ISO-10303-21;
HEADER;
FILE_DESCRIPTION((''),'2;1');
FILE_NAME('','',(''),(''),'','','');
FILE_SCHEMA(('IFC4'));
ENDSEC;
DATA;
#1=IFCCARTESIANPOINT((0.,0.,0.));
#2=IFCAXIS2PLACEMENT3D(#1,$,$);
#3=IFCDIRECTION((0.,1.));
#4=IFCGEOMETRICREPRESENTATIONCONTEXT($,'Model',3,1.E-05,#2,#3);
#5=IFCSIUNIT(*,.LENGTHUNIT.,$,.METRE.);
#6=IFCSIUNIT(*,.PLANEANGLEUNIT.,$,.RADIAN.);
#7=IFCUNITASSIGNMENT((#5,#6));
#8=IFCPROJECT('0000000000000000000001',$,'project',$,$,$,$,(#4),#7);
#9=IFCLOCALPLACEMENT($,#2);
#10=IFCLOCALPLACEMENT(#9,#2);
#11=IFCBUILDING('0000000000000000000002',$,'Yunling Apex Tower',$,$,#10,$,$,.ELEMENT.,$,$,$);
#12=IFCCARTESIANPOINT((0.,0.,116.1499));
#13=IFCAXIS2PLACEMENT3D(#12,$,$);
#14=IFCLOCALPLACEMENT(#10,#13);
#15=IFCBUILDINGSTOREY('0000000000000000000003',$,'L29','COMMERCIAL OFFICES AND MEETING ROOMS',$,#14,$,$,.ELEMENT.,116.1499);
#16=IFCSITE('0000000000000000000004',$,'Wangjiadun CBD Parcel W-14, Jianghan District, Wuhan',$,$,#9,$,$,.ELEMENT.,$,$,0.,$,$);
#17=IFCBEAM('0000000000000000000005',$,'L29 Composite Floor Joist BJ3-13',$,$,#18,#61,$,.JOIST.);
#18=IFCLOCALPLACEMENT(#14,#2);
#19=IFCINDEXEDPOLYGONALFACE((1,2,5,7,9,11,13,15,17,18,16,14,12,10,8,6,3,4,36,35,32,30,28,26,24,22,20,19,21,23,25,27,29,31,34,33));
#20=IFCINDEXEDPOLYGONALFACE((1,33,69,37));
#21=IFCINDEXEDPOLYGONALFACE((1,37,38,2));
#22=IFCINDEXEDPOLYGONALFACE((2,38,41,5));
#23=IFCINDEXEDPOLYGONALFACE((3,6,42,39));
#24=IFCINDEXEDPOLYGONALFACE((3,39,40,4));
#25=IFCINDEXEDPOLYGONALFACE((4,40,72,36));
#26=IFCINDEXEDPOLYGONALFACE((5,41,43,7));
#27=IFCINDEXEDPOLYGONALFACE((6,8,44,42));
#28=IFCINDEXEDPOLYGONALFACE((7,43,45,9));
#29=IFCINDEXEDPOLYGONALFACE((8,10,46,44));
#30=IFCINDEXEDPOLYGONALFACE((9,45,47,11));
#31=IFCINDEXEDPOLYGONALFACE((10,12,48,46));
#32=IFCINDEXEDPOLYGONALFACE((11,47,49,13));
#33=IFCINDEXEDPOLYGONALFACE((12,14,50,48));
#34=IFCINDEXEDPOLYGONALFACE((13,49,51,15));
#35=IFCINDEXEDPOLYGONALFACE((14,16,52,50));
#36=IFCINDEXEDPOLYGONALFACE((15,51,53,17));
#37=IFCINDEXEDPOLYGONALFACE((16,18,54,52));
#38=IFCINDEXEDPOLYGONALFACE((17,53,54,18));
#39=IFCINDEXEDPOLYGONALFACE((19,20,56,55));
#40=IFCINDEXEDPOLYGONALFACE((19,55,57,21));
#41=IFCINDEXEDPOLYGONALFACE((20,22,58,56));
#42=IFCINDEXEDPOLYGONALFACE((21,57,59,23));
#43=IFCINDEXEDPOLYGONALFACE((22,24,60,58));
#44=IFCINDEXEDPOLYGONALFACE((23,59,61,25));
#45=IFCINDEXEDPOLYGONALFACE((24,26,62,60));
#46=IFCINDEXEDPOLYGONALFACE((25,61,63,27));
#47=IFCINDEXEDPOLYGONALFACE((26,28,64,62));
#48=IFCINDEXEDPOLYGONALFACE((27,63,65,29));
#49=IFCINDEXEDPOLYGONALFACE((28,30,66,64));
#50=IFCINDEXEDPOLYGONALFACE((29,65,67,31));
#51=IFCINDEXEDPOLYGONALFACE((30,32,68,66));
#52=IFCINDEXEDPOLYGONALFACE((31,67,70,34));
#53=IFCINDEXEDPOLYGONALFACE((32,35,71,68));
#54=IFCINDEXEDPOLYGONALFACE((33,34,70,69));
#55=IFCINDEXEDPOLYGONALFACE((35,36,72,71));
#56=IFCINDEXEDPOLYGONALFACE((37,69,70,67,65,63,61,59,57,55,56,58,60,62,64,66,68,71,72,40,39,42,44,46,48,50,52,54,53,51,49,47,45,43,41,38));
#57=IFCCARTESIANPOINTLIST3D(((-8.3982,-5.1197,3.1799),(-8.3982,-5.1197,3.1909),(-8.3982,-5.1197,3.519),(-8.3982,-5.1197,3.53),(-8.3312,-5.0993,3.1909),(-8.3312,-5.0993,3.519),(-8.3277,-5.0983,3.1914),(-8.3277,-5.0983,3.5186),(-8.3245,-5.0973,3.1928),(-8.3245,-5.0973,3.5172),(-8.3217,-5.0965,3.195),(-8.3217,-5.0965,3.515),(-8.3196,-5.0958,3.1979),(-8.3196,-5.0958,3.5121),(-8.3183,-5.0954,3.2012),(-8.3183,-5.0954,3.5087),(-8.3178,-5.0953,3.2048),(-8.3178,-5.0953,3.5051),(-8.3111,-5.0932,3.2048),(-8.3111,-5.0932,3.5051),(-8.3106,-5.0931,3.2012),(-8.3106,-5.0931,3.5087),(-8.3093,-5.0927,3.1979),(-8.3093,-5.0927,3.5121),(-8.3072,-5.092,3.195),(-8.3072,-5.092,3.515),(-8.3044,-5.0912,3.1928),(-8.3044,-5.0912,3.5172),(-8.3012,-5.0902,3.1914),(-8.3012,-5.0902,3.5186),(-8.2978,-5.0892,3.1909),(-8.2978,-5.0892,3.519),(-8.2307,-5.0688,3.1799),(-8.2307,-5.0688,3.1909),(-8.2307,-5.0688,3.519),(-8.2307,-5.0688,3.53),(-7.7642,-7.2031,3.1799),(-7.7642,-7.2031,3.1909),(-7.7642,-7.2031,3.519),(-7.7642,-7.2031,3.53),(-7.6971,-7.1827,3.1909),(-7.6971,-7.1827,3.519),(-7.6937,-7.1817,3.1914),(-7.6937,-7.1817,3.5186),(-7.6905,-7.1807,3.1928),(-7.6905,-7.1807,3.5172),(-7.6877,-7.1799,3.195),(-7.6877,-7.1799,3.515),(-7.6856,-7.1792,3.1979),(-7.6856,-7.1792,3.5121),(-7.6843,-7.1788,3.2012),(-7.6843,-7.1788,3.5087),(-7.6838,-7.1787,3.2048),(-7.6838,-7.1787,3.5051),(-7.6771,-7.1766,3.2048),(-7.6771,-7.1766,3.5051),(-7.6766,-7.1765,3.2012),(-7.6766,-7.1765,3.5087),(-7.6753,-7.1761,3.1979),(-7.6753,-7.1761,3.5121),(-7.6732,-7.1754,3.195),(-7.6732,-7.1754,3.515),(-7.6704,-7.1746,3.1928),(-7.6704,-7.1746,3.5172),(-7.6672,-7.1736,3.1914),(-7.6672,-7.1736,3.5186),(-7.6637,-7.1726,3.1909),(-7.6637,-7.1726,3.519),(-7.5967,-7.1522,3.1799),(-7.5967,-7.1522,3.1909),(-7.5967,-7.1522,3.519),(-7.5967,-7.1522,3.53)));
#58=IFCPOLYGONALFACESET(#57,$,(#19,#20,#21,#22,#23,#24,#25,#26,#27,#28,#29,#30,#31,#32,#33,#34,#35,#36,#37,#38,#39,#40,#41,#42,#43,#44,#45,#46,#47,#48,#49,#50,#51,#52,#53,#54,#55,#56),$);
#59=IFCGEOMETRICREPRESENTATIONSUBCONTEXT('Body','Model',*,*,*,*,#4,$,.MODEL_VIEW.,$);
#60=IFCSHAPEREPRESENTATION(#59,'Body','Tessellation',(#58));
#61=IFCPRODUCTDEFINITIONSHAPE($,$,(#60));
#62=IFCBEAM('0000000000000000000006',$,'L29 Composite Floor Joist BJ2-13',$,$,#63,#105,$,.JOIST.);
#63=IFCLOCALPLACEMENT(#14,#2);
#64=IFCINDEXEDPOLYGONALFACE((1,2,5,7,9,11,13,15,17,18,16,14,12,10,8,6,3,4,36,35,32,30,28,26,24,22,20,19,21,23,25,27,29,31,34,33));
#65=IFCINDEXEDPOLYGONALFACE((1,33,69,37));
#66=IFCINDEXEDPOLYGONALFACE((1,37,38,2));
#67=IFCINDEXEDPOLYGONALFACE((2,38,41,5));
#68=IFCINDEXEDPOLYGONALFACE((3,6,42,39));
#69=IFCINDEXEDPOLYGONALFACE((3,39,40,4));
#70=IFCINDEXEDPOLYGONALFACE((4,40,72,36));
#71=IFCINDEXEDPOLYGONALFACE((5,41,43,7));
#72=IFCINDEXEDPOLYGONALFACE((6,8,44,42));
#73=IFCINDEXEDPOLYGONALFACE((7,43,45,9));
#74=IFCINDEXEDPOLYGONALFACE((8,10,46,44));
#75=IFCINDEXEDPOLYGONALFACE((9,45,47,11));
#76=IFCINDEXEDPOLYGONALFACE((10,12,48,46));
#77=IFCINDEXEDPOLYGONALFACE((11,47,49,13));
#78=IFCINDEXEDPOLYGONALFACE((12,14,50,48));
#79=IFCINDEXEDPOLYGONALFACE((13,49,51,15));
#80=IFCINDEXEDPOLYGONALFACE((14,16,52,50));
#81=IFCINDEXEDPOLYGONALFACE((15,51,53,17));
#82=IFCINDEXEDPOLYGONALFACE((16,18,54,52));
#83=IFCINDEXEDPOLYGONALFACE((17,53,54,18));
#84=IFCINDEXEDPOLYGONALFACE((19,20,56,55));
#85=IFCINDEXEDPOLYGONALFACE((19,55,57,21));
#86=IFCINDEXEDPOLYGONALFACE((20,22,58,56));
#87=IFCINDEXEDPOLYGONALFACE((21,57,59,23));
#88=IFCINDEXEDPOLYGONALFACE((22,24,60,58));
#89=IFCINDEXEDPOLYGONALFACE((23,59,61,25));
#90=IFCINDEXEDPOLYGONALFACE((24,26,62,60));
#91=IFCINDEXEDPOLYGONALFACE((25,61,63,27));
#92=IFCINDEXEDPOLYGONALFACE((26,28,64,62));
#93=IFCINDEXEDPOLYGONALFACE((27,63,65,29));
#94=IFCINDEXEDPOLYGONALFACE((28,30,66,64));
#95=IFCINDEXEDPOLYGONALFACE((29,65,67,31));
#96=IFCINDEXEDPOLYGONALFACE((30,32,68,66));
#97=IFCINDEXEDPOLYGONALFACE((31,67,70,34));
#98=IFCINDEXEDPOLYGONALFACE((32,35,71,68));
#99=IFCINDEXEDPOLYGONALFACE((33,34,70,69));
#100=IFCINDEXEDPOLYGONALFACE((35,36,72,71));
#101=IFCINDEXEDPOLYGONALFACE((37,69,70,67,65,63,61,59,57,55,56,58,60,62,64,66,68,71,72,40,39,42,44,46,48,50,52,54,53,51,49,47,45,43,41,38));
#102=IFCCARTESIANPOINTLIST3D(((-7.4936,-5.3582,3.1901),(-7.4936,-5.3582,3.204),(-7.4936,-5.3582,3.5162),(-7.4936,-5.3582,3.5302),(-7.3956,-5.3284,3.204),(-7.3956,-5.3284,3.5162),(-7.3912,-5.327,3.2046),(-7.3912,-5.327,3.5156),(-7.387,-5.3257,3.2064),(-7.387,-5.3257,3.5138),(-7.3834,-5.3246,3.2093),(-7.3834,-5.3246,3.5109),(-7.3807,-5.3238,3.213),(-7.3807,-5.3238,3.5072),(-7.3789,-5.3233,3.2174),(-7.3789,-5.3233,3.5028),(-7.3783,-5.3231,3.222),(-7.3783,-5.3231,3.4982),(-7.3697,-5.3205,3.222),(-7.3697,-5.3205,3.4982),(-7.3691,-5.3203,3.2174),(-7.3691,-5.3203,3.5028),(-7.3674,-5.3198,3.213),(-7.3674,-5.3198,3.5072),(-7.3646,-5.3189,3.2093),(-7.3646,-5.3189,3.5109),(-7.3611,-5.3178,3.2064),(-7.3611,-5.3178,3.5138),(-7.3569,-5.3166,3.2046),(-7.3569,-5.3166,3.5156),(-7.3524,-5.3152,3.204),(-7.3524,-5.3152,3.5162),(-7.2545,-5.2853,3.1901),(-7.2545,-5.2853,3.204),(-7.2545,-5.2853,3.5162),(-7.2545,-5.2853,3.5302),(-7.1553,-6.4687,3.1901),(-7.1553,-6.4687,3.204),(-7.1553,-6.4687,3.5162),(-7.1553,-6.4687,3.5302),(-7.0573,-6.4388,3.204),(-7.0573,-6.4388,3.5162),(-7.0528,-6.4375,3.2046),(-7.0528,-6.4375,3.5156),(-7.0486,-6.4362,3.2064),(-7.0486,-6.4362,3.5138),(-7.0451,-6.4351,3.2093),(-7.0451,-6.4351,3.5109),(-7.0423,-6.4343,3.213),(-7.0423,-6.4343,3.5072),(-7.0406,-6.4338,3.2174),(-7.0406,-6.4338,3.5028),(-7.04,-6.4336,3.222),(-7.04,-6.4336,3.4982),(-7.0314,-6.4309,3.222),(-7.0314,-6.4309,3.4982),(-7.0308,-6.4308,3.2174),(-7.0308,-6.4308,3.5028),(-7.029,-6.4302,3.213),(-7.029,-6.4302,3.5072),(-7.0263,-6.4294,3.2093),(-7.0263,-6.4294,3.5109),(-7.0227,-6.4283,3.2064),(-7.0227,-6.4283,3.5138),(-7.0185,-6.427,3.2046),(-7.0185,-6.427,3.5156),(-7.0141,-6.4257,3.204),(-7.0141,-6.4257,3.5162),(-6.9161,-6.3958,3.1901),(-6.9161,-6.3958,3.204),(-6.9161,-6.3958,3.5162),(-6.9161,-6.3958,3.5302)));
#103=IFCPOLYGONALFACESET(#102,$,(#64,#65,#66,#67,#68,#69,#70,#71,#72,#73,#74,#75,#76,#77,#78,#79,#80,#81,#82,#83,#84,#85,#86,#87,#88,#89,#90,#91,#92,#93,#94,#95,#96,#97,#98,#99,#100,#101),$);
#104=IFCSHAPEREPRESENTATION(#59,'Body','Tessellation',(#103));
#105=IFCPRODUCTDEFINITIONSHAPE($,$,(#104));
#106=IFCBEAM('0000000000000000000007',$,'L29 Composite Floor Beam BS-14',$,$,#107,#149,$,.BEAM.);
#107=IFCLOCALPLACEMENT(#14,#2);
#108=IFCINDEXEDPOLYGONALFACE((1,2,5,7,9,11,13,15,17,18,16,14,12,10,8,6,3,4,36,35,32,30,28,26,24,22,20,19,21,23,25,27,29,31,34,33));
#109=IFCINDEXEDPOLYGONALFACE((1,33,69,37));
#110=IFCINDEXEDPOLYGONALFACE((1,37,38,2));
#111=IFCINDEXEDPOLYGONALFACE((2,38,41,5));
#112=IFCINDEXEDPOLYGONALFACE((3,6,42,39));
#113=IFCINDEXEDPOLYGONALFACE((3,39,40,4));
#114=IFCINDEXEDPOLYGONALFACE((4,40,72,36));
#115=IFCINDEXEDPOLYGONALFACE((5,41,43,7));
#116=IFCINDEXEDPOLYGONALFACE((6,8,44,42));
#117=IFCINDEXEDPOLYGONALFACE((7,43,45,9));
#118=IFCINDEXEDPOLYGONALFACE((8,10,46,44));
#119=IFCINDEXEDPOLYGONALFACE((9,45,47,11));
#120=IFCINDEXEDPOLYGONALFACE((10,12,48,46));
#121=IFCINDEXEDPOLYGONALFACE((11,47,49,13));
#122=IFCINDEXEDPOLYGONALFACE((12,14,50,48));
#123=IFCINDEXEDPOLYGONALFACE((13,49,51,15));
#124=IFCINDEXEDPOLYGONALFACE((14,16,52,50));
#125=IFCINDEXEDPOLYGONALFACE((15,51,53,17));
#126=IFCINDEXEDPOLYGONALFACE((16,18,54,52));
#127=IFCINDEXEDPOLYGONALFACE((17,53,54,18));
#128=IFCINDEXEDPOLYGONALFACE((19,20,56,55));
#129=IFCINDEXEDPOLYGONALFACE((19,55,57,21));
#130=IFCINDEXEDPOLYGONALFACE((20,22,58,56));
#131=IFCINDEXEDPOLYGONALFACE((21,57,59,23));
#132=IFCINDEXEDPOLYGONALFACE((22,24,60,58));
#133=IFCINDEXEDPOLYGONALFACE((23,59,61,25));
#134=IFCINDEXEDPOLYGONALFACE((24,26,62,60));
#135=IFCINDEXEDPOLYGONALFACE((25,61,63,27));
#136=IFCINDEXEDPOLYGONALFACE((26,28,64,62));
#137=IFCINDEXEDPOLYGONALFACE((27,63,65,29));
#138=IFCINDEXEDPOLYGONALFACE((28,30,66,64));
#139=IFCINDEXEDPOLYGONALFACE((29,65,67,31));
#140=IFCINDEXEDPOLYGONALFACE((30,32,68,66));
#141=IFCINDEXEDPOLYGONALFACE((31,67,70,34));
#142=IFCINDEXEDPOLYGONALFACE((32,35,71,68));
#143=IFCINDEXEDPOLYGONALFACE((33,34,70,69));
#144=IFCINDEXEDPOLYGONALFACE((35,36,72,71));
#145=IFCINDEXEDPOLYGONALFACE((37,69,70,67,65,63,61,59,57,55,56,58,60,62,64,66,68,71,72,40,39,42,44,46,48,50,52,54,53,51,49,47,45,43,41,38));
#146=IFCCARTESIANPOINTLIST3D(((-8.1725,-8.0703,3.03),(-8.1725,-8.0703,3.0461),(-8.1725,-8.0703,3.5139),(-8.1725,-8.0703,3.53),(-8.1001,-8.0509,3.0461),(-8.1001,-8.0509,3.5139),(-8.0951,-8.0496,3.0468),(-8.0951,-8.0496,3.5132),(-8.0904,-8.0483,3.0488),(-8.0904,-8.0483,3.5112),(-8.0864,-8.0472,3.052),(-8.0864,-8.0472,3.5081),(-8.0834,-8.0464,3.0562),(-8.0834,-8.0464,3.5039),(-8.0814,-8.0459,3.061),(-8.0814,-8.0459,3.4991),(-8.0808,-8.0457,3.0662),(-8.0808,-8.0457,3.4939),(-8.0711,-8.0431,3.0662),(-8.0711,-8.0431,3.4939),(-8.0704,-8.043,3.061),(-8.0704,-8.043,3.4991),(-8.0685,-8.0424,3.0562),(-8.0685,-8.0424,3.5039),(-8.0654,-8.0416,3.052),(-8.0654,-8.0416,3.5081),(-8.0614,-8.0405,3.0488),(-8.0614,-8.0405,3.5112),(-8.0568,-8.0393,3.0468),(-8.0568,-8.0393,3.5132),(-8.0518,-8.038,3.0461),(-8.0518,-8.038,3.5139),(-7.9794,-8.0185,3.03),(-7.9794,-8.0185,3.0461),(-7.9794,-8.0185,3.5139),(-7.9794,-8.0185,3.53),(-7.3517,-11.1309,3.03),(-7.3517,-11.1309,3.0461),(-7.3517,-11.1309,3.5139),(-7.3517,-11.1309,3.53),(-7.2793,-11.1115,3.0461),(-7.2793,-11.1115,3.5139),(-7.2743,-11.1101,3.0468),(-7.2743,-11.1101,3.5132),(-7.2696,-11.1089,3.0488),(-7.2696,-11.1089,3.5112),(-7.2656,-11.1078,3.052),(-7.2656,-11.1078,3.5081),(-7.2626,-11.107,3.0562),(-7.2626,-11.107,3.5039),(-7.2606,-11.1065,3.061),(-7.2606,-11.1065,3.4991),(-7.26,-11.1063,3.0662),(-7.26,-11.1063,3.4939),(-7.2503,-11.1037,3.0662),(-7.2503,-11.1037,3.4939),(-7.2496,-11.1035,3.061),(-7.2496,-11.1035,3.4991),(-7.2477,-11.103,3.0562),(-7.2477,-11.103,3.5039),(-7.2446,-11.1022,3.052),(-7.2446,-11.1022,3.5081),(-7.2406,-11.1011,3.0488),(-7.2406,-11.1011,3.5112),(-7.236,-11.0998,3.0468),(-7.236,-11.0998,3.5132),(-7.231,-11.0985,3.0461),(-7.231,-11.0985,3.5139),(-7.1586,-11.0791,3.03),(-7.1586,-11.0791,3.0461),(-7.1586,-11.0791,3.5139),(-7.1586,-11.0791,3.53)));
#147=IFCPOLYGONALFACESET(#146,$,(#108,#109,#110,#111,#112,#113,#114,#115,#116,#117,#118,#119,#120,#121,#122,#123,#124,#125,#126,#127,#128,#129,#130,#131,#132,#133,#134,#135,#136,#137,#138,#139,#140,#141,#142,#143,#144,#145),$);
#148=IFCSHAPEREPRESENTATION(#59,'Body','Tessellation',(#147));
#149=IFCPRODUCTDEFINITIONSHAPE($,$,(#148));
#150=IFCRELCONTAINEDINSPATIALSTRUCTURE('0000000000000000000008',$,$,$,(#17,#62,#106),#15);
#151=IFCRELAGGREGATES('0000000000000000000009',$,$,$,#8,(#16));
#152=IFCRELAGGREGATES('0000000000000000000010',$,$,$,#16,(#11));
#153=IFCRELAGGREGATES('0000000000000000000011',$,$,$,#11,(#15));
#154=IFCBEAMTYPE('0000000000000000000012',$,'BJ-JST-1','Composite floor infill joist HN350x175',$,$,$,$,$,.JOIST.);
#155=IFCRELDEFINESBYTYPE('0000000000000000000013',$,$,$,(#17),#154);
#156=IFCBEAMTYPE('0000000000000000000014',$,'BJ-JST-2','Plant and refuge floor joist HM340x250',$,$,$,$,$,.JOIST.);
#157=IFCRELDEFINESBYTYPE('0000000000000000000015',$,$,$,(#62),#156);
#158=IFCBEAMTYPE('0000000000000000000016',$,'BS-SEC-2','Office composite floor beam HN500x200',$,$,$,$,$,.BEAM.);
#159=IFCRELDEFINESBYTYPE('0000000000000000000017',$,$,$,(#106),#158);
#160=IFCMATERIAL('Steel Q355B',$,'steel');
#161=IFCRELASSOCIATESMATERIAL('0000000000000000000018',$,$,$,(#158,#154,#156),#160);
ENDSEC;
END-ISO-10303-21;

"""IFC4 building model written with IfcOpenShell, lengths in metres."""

from ifc_helpers import new_model, si_unit, direction, frame, origin, origin_2d, place, context, subcontext, project, spatial, i_section, extrude, source, transform, mapped, material, material_profile, profile_set, type_object, element, save


model = new_model("IFC4")

# Units and contexts
model_context = context("Model", 3, precision=1e-05, world=origin(), true_north=direction((0.0, 1.0)))
body_context = subcontext(model_context, "Body", "Model", "MODEL_VIEW")
ifc_project = project(units=[si_unit("LENGTHUNIT", "METRE"), si_unit("PLANEANGLEUNIT", "RADIAN")], contexts=[model_context])

# Site, building, storey
site_placement = place(None, origin())
site = spatial("IfcSite", under=ifc_project, at=site_placement, Name="Wangjiadun CBD Parcel W-14, Jianghan District, Wuhan", CompositionType="ELEMENT", RefElevation=0.0)
building_placement = place(site_placement, origin())
building = spatial("IfcBuilding", under=site, at=building_placement, Name="Yunling Apex Tower", CompositionType="ELEMENT")
storey_placement = place(building_placement, frame((0.0, 0.0, 116.1499)))
storey = spatial("IfcBuildingStorey", under=building, at=storey_placement, Name="L29", Description="COMMERCIAL OFFICES AND MEETING ROOMS", CompositionType="ELEMENT", Elevation=116.1499)

# Beams
ifc_material_1 = material(Name="Steel Q355B", Category="steel")
ifc_material_profile_1 = material_profile(ifc_material_1, i_section(OverallWidth=0.2, OverallDepth=0.5, WebThickness=0.01, FlangeThickness=0.0161, FilletRadius=0.02, at=origin_2d()))
ifc_profile_set_1 = profile_set([ifc_material_profile_1], Name="Steel Q355B")
beam_type_1 = type_object("IfcBeamType", Name="BS-SEC-2", Description="Office composite floor beam HN500x200", PredefinedType="BEAM", material=ifc_profile_set_1)
ifc_material_profile_2 = material_profile(ifc_material_1, i_section(OverallWidth=0.175, OverallDepth=0.3501, WebThickness=0.0071, FlangeThickness=0.011, FilletRadius=0.0139, at=origin_2d()))
ifc_profile_set_2 = profile_set([ifc_material_profile_2], Name="Steel Q355B")
beam_type_2 = type_object("IfcBeamType", Name="BJ-JST-1", Description="Composite floor infill joist HN350x175", PredefinedType="JOIST", material=ifc_profile_set_2)
shared_shape_1 = source(origin(), body_context, "Body", "SweptSolid", [
    extrude(i_section(OverallWidth=0.175, OverallDepth=0.3501, WebThickness=0.0071, FlangeThickness=0.011, FilletRadius=0.0139, at=origin_2d()), origin(), (0.0, 0.0, 1.0), 2.1777),
])
beam_1_placement = place(storey_placement, frame((-8.3145, -5.0942, 3.355), z_axis=(0.29113, -0.956683, 0.0), x_axis=(0.956683, 0.29113, 0.0)))
element("IfcBeam", 1, at=beam_1_placement, inside=storey, type_object=beam_type_2, Name="L29 Composite Floor Joist BJ3-13", PredefinedType="JOIST", context=body_context, shape_type="MappedRepresentation", body=[
    mapped(shared_shape_1, transform((0.0, 0.0, 0.0), scale=1.0)),
])
ifc_material_profile_3 = material_profile(ifc_material_1, i_section(OverallWidth=0.25, OverallDepth=0.3401, WebThickness=0.009, FlangeThickness=0.0139, FilletRadius=0.0181, at=origin_2d()))
ifc_profile_set_3 = profile_set([ifc_material_profile_3], Name="Steel Q355B")
beam_type_3 = type_object("IfcBeamType", Name="BJ-JST-2", Description="Plant and refuge floor joist HM340x250", PredefinedType="JOIST", material=ifc_profile_set_3)
shared_shape_2 = source(origin(), body_context, "Body", "SweptSolid", [
    extrude(i_section(OverallWidth=0.25, OverallDepth=0.3401, WebThickness=0.009, FlangeThickness=0.0139, FilletRadius=0.0181, at=origin_2d()), origin(), (0.0, 0.0, 1.0), 1.1609),
])
beam_2_placement = place(storey_placement, frame((-7.374, -5.3218, 3.3601), z_axis=(0.291454, -0.956585, 0.0), x_axis=(0.956585, 0.291454, 0.0)))
element("IfcBeam", 2, at=beam_2_placement, inside=storey, type_object=beam_type_3, Name="L29 Composite Floor Joist BJ2-13", PredefinedType="JOIST", context=body_context, shape_type="MappedRepresentation", body=[
    mapped(shared_shape_2, transform((0.0, 0.0, 0.0), scale=1.0)),
])
shared_shape_3 = source(origin(), body_context, "Body", "SweptSolid", [
    extrude(i_section(OverallWidth=0.2, OverallDepth=0.5, WebThickness=0.01, FlangeThickness=0.0161, FilletRadius=0.02, at=origin_2d()), origin(), (0.0, 0.0, 1.0), 3.1687),
])
beam_3_placement = place(storey_placement, frame((-8.0759, -8.0444, 3.28), z_axis=(0.259034, -0.965868, 0.0), x_axis=(0.965868, 0.259034, 0.0)))
element("IfcBeam", 3, at=beam_3_placement, inside=storey, type_object=beam_type_1, Name="L29 Composite Floor Beam BS-14", PredefinedType="BEAM", context=body_context, shape_type="MappedRepresentation", body=[
    mapped(shared_shape_3, transform((0.0, 0.0, 0.0), scale=1.0)),
])

save(model, "model.ifc")
